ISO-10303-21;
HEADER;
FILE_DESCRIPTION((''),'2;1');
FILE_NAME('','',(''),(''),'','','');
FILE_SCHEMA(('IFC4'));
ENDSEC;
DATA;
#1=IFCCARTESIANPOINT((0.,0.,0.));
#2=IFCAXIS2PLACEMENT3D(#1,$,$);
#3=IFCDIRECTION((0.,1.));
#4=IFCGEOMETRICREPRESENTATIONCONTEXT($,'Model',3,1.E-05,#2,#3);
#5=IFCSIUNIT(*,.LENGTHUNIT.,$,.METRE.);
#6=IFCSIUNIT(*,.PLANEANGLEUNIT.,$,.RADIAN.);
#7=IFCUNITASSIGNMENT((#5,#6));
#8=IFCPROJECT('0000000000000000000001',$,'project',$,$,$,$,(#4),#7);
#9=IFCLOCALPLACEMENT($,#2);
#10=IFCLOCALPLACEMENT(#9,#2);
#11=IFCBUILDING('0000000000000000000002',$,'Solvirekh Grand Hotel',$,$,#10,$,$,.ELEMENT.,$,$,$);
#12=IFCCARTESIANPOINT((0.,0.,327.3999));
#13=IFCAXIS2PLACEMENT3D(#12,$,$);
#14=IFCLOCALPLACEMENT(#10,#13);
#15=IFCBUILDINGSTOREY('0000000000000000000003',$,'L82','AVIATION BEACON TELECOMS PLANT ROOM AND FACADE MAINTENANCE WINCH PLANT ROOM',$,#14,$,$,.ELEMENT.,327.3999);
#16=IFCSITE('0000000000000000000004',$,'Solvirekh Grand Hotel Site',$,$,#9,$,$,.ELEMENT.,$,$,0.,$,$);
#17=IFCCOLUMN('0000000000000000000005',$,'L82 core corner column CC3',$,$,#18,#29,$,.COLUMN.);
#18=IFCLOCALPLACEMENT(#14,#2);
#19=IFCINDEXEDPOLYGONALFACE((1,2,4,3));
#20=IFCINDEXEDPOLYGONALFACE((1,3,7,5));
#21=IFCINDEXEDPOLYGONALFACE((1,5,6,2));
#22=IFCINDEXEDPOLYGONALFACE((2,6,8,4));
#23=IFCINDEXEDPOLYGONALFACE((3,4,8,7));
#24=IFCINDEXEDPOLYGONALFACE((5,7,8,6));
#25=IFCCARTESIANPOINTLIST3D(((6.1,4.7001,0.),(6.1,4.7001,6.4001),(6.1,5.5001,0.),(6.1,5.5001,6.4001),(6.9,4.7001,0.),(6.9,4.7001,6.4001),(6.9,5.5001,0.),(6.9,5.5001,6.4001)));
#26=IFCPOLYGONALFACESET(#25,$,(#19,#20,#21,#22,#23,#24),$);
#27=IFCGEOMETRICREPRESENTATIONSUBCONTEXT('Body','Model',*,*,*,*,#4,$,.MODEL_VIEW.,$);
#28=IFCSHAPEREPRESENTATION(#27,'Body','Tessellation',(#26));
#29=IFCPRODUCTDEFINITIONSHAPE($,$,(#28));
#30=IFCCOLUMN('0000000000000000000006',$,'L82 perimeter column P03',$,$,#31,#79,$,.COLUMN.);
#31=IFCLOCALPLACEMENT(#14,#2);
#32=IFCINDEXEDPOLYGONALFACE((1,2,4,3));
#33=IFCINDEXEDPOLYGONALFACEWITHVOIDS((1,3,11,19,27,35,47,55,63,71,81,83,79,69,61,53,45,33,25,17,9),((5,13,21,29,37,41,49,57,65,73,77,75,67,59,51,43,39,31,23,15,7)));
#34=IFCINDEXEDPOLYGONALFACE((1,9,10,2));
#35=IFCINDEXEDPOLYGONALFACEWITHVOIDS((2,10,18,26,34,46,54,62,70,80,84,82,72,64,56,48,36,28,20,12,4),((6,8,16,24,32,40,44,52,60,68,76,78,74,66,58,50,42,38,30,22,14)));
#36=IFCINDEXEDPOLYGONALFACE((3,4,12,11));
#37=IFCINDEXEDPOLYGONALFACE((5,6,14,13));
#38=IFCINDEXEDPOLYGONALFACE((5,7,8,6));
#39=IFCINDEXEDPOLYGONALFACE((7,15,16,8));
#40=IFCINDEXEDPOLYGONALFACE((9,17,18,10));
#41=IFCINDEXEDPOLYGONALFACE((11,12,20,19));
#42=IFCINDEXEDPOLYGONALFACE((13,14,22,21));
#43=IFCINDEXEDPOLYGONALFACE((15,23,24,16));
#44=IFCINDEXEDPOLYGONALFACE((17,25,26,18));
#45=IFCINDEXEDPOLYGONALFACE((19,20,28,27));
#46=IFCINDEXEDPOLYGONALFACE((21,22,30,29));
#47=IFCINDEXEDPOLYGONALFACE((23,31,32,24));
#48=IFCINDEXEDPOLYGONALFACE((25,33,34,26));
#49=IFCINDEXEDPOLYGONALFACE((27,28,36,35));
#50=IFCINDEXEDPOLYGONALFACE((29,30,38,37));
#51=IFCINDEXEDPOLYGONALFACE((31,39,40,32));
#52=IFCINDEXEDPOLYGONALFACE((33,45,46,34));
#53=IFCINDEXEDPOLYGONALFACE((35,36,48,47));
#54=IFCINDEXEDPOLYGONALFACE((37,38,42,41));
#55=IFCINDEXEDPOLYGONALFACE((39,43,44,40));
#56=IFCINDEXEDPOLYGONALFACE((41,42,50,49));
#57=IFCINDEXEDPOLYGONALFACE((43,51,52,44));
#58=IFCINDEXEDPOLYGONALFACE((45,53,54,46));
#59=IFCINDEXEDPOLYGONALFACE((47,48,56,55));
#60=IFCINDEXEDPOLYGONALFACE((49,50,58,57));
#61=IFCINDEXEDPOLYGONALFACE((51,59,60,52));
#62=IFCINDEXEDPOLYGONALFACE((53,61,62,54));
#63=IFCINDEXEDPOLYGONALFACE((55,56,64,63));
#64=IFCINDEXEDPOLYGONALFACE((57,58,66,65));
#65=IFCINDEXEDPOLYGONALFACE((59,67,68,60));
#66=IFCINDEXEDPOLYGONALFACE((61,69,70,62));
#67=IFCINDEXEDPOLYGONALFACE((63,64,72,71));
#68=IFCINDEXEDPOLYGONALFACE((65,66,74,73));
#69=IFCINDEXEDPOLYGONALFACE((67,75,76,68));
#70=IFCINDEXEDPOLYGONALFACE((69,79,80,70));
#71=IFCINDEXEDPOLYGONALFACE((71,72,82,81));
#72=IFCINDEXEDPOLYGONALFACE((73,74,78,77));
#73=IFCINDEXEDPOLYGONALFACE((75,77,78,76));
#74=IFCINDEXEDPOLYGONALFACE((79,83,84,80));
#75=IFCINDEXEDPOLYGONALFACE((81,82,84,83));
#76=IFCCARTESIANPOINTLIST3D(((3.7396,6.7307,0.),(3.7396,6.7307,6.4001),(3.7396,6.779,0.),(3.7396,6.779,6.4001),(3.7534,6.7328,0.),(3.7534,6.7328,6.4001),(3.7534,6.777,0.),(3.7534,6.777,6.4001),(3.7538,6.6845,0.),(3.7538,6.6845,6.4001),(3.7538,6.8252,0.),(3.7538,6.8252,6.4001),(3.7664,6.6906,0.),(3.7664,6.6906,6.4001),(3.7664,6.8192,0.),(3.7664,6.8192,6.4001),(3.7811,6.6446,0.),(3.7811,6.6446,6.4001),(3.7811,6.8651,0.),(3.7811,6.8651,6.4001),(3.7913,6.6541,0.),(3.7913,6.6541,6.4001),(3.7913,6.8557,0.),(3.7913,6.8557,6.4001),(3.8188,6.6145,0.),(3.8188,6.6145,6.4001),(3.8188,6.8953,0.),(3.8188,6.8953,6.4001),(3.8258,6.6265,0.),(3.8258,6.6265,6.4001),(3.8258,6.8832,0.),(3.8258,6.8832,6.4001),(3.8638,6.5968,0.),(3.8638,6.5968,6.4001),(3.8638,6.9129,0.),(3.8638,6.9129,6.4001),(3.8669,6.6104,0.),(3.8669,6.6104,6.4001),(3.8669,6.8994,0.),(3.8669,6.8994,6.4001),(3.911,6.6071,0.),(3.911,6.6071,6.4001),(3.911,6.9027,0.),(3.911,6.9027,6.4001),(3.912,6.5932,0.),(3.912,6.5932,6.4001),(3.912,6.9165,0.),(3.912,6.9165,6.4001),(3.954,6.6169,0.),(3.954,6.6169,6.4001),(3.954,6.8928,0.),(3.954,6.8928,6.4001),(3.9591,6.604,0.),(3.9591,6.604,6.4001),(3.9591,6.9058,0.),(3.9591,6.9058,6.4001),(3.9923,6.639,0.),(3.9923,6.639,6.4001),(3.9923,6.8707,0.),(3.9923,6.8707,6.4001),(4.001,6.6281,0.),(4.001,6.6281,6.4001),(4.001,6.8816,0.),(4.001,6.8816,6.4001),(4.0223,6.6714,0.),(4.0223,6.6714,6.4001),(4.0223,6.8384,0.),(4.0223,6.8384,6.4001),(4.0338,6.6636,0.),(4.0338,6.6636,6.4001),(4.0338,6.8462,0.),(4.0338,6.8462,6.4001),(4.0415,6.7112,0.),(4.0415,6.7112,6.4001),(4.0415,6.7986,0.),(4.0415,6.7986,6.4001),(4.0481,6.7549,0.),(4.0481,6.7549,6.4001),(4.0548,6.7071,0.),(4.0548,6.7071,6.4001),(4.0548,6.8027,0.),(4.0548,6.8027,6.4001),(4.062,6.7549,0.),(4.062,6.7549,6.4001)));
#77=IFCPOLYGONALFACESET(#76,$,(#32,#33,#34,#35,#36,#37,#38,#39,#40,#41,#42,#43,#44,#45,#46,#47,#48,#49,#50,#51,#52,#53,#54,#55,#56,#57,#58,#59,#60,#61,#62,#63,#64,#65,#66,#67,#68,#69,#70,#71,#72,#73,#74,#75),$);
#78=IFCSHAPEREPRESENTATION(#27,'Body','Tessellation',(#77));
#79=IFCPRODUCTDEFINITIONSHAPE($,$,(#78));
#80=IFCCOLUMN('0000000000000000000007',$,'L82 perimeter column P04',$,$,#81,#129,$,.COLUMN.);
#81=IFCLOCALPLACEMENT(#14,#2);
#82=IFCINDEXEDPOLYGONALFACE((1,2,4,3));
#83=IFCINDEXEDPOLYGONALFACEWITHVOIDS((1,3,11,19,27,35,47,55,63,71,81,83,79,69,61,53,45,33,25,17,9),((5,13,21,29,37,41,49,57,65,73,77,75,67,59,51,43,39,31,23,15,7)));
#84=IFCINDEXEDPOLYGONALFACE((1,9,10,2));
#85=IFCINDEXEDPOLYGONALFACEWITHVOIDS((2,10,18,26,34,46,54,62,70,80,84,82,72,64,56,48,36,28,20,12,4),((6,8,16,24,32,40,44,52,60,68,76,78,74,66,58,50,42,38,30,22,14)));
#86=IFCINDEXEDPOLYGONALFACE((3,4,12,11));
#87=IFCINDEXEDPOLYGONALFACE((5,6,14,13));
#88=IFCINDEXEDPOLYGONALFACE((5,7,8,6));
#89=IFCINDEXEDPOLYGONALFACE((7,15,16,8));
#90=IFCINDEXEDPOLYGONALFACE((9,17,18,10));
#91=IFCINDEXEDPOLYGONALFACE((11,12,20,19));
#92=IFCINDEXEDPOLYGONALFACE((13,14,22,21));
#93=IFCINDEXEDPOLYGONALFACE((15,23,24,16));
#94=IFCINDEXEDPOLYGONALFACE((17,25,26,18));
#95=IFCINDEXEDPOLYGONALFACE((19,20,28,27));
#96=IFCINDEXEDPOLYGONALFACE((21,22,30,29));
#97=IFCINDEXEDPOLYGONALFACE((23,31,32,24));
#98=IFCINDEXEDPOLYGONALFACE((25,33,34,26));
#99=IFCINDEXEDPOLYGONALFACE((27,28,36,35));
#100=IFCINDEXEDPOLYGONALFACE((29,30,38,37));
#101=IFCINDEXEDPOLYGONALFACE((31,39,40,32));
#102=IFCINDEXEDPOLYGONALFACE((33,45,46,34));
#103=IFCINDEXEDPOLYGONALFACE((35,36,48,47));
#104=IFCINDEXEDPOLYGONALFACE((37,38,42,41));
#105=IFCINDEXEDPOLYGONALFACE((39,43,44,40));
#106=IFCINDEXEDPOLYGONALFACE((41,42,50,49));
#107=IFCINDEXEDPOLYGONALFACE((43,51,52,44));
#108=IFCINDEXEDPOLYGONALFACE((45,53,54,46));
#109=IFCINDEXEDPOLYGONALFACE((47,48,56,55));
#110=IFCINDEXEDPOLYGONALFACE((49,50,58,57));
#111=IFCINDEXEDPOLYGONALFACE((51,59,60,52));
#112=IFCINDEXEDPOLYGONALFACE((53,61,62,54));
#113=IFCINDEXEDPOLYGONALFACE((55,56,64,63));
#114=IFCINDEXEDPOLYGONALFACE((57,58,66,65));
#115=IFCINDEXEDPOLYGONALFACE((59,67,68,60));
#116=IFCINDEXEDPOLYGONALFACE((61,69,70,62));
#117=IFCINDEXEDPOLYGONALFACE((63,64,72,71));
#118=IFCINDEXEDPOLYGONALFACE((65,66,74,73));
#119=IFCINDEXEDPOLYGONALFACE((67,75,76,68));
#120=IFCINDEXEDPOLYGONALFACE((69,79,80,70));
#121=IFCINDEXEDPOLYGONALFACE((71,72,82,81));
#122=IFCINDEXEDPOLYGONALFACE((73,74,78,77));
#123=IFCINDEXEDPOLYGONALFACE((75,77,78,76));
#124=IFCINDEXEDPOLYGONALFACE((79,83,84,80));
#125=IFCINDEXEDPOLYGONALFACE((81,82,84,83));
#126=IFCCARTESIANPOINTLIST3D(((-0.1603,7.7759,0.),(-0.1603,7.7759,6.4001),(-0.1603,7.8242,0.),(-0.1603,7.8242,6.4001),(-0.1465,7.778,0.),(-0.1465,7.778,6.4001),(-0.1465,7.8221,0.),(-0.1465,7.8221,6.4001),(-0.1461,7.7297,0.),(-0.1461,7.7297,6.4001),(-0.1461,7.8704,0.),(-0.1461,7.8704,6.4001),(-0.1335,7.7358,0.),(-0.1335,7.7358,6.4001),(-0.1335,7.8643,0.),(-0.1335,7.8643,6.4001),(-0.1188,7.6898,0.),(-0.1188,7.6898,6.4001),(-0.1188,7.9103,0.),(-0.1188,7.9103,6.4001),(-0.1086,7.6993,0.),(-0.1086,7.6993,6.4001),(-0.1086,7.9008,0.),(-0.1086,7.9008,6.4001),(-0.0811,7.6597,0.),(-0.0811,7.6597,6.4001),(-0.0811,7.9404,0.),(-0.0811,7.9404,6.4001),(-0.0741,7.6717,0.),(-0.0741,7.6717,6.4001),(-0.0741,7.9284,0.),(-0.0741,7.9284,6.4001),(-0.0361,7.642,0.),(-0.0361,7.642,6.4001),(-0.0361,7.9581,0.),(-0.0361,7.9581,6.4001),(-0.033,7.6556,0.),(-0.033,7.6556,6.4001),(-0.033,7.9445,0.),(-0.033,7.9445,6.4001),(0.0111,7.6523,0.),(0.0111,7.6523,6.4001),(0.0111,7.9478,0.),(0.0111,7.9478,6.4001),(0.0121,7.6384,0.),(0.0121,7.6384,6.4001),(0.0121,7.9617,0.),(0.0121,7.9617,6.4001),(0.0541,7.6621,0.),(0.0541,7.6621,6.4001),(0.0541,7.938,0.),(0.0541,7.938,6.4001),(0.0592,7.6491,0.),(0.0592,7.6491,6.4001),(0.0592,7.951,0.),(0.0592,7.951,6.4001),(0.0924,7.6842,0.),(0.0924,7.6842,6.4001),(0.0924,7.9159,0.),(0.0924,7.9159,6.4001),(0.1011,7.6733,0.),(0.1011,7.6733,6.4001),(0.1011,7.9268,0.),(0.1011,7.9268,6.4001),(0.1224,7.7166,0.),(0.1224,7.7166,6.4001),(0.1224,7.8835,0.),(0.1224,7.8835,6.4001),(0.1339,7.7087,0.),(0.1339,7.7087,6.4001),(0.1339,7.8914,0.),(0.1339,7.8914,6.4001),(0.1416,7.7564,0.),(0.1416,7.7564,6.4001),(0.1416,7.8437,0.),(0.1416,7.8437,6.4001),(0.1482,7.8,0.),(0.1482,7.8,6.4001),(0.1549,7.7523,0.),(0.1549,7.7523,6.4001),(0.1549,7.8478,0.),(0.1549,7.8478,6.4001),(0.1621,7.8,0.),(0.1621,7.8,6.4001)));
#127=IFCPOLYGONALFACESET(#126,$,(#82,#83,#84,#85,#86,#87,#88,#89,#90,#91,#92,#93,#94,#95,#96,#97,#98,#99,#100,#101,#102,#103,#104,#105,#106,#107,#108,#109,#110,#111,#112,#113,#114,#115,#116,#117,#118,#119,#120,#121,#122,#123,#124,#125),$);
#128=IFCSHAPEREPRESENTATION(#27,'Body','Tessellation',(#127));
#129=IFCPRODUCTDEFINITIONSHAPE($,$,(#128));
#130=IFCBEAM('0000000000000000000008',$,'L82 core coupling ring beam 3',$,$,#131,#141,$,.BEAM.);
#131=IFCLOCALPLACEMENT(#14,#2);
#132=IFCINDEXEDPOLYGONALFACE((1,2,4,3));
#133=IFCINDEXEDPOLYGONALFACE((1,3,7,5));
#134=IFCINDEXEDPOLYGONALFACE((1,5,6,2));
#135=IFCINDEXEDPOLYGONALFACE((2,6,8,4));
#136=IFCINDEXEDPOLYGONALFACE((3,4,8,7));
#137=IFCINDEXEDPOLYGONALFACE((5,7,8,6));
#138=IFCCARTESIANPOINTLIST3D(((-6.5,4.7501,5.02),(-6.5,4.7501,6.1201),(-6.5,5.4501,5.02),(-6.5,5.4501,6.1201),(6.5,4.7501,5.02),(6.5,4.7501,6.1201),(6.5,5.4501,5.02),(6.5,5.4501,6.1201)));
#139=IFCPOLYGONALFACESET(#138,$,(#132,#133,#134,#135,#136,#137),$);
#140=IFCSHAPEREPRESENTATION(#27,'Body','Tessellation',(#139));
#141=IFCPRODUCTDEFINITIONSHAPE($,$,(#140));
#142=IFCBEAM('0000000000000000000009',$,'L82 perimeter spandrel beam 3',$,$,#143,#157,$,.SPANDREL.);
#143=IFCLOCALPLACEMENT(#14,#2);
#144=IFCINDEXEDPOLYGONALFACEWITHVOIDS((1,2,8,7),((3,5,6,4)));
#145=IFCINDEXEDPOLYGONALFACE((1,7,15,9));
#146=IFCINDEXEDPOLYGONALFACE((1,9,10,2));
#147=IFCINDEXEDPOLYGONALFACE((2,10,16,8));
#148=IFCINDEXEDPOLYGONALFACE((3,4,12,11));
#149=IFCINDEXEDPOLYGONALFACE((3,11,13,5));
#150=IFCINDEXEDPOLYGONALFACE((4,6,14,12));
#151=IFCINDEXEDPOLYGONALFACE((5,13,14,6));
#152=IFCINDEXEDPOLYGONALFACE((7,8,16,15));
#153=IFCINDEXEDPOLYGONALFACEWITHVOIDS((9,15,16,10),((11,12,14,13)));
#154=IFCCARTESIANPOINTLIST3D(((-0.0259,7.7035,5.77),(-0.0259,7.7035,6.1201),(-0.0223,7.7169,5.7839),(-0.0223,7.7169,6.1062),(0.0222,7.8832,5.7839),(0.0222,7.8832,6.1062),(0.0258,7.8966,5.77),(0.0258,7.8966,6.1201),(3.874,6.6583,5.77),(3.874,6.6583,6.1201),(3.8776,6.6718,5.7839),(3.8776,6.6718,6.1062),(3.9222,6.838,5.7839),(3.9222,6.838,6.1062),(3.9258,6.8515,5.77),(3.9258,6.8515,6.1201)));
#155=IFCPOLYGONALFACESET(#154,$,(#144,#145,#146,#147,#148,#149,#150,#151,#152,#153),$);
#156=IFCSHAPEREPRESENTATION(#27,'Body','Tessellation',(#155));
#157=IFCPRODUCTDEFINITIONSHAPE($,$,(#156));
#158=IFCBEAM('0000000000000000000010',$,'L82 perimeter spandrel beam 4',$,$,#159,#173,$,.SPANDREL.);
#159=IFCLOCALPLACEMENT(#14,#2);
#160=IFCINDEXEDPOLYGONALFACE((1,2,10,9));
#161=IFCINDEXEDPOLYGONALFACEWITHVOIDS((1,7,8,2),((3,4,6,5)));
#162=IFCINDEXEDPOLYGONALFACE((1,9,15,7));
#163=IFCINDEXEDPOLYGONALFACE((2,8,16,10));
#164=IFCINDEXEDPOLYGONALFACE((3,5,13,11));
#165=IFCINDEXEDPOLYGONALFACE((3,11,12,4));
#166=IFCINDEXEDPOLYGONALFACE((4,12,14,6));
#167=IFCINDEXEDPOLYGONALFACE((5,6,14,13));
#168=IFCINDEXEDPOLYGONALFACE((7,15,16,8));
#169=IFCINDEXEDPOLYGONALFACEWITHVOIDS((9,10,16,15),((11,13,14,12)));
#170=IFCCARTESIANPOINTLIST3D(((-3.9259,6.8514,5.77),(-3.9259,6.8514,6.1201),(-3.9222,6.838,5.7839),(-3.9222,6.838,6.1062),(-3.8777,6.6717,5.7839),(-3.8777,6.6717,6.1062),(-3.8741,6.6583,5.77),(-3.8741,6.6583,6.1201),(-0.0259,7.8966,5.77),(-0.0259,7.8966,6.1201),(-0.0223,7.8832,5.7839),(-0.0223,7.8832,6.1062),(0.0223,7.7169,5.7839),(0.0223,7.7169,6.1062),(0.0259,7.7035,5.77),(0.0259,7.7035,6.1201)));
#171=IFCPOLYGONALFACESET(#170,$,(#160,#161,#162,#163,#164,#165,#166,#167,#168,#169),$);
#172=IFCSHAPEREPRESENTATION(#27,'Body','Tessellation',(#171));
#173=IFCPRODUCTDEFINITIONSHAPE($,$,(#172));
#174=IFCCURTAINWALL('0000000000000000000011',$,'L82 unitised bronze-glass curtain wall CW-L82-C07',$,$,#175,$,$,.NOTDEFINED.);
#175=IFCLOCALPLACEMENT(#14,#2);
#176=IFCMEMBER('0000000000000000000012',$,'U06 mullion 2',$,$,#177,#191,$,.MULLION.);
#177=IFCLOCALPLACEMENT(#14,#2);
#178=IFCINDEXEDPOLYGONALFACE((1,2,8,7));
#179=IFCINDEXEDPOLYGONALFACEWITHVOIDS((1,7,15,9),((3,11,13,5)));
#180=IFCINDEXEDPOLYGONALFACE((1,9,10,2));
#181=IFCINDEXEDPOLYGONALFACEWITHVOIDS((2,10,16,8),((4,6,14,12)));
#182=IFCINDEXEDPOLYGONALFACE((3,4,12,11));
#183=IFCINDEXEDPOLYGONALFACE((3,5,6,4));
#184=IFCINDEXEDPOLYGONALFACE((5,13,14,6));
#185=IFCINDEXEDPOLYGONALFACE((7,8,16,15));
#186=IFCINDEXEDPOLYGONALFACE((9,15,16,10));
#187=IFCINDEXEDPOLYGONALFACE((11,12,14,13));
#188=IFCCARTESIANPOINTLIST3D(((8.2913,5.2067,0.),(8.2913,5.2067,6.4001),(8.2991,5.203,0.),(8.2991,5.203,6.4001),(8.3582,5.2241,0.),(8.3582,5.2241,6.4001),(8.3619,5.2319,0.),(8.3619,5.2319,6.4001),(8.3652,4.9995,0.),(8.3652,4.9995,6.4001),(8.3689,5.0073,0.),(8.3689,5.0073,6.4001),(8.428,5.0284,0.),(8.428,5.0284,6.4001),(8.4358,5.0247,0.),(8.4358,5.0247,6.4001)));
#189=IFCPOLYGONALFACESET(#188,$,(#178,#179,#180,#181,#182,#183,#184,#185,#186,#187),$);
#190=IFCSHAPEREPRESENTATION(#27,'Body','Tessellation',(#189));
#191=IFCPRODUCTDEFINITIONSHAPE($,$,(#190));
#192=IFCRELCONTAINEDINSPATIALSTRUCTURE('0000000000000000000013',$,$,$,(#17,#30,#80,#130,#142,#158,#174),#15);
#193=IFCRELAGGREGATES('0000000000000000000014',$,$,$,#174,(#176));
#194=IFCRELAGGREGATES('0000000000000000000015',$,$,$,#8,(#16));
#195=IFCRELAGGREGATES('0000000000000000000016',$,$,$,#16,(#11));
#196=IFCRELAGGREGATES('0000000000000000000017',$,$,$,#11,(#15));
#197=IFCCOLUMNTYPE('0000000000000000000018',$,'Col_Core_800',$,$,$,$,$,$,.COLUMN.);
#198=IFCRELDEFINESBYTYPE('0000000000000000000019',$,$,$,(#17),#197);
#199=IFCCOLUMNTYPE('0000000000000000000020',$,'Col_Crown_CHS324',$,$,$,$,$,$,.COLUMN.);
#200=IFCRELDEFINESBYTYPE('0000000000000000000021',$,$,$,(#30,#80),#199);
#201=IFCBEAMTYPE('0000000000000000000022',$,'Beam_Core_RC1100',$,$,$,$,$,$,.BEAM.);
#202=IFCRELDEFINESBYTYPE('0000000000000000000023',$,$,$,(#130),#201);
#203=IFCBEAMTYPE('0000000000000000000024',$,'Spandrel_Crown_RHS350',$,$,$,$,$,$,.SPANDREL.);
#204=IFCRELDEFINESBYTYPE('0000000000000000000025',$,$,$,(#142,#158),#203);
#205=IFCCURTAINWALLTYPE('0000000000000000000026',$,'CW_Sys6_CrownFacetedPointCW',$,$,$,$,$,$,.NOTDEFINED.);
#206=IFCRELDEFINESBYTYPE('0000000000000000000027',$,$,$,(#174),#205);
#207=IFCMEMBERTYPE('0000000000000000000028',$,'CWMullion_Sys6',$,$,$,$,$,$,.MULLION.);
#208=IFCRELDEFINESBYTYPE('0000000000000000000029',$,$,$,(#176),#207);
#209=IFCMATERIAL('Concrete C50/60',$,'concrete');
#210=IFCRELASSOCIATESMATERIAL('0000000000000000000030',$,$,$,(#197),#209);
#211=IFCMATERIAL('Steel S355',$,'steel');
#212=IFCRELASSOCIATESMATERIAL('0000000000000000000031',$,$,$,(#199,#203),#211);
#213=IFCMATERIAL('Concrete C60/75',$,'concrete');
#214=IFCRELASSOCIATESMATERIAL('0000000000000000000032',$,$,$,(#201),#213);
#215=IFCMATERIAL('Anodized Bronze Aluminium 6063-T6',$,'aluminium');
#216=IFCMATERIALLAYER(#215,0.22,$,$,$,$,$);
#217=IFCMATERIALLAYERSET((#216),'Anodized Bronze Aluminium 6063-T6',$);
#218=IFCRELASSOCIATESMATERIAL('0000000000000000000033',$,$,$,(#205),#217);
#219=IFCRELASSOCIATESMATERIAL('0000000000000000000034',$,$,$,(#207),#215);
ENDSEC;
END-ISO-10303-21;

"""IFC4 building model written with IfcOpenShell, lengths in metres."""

from ifc_helpers import new_model, si_unit, direction, frame, origin, origin_2d, place, context, subcontext, project, spatial, rectangle, hollow_rectangle, hollow_circle, extrude, source, transform, mapped, material, layer, layer_set, material_profile, profile_set, type_object, element, aggregate, save


model = new_model("IFC4")

# Units and contexts
model_context = context("Model", 3, precision=1e-05, world=origin(), true_north=direction((0.0, 1.0)))
body_context = subcontext(model_context, "Body", "Model", "MODEL_VIEW")
ifc_project = project(units=[si_unit("LENGTHUNIT", "METRE"), si_unit("PLANEANGLEUNIT", "RADIAN")], contexts=[model_context])

# Site, building, storey
site_placement = place(None, origin())
site = spatial("IfcSite", under=ifc_project, at=site_placement, Name="Solvirekh Grand Hotel Site", CompositionType="ELEMENT", RefElevation=0.0)
building_placement = place(site_placement, origin())
building = spatial("IfcBuilding", under=site, at=building_placement, Name="Solvirekh Grand Hotel", CompositionType="ELEMENT")
storey_placement = place(building_placement, frame((0.0, 0.0, 327.3999)))
storey = spatial("IfcBuildingStorey", under=building, at=storey_placement, Name="L82", Description="AVIATION BEACON TELECOMS PLANT ROOM AND FACADE MAINTENANCE WINCH PLANT ROOM", CompositionType="ELEMENT", Elevation=327.3999)

# Columns
ifc_material_1 = material(Name="Concrete C50/60", Category="concrete")
ifc_material_profile_1 = material_profile(ifc_material_1, rectangle(XDim=0.8, YDim=0.8, at=origin_2d()), Name="RC 800X800")
ifc_profile_set_1 = profile_set([ifc_material_profile_1], Name="Concrete C50/60")
column_type_1 = type_object("IfcColumnType", Name="Col_Core_800", PredefinedType="COLUMN", material=ifc_profile_set_1)
column_placement = place(storey_placement, frame((6.5, 5.1001, 0.0), z_axis=(0.0, 0.0, 1.0), x_axis=(1.0, 0.0, 0.0)))
element("IfcColumn", 1, at=column_placement, inside=storey, type_object=column_type_1, Name="L82 core corner column CC3", PredefinedType="COLUMN", context=body_context, shape_type="SweptSolid", body=[
    extrude(rectangle(XDim=0.8, YDim=0.8, at=origin_2d()), origin(), (0.0, 0.0, 1.0), 6.4001),
])
ifc_material_2 = material(Name="Steel S355", Category="steel")
ifc_material_profile_2 = material_profile(ifc_material_2, hollow_circle(Radius=0.1621, WallThickness=0.0139, at=origin_2d()), Name="CHS 324X14")
ifc_profile_set_2 = profile_set([ifc_material_profile_2], Name="Steel S355")
column_type_2 = type_object("IfcColumnType", Name="Col_Crown_CHS324", PredefinedType="COLUMN", material=ifc_profile_set_2)
for number, where, z_axis, x_axis, name in (
    (2, (3.8999, 6.7549, 0.0), (0.0, 0.0, 1.0), (1.0, 0.0, 0.0), "L82 perimeter column P03"),
    (3, (0.0, 7.8, 0.0), (0.0, 0.0, 1.0), (1.0, 0.0, 0.0), "L82 perimeter column P04"),
):
    element("IfcColumn", number, at=place(storey_placement, frame(where, z_axis=z_axis, x_axis=x_axis)), inside=storey, type_object=column_type_2, Name=name, PredefinedType="COLUMN", context=body_context, shape_type="SweptSolid", body=[
        extrude(hollow_circle(Radius=0.1621, WallThickness=0.0139, at=origin_2d()), origin(), (0.0, 0.0, 1.0), 6.4001),
    ])

# Beams
ifc_material_3 = material(Name="Concrete C60/75", Category="concrete")
ifc_material_profile_3 = material_profile(ifc_material_3, rectangle(XDim=0.7, YDim=1.1001, at=origin_2d()), Name="RC BEAM 700X1100")
ifc_profile_set_3 = profile_set([ifc_material_profile_3], Name="Concrete C60/75")
beam_type_1 = type_object("IfcBeamType", Name="Beam_Core_RC1100", PredefinedType="BEAM", material=ifc_profile_set_3)
beam_placement = place(storey_placement, frame((6.5, 5.1001, 5.5701), z_axis=(-1.0, 0.0, 0.0), x_axis=(0.0, -1.0, 0.0)))
element("IfcBeam", 4, at=beam_placement, inside=storey, type_object=beam_type_1, Name="L82 core coupling ring beam 3", PredefinedType="BEAM", context=body_context, shape_type="SweptSolid", body=[
    extrude(rectangle(XDim=0.7, YDim=1.1001, at=origin_2d()), origin(), (0.0, 0.0, 1.0), 13.0),
])
ifc_material_profile_4 = material_profile(ifc_material_2, hollow_rectangle(XDim=0.2, YDim=0.3501, WallThickness=0.0139, at=origin_2d()), Name="RHS 350X200X14")
ifc_profile_set_4 = profile_set([ifc_material_profile_4], Name="Steel S355")
beam_type_2 = type_object("IfcBeamType", Name="Spandrel_Crown_RHS350", PredefinedType="SPANDREL", material=ifc_profile_set_4)
for number, where, z_axis, x_axis, name in (
    (5, (3.8999, 6.7549, 5.9451), (-0.965914, 0.258863, 0.0), (-0.258863, -0.965914, 0.0), "L82 perimeter spandrel beam 3"),
    (6, (0.0, 7.8, 5.9451), (-0.965914, -0.258863, 0.0), (0.258863, -0.965914, 0.0), "L82 perimeter spandrel beam 4"),
):
    element("IfcBeam", number, at=place(storey_placement, frame(where, z_axis=z_axis, x_axis=x_axis)), inside=storey, type_object=beam_type_2, Name=name, PredefinedType="SPANDREL", context=body_context, shape_type="SweptSolid", body=[
        extrude(hollow_rectangle(XDim=0.2, YDim=0.3501, WallThickness=0.0139, at=origin_2d()), origin(), (0.0, 0.0, 1.0), 4.0376),
    ])

# Curtain wall, member
ifc_material_4 = material(Name="Anodized Bronze Aluminium 6063-T6", Category="aluminium")
ifc_layer_1 = layer(ifc_material_4, 0.22)
ifc_layer_set_1 = layer_set([ifc_layer_1], Name="Anodized Bronze Aluminium 6063-T6")
curtain_wall_type = type_object("IfcCurtainWallType", Name="CW_Sys6_CrownFacetedPointCW", PredefinedType="NOTDEFINED", material=ifc_layer_set_1)
curtain_wall_1_placement = place(storey_placement, origin())
curtain_wall_1 = element("IfcCurtainWall", 7, at=curtain_wall_1_placement, inside=storey, type_object=curtain_wall_type, Name="L82 unitised bronze-glass curtain wall CW-L82-C07", PredefinedType="NOTDEFINED")
ifc_material_profile_5 = material_profile(ifc_material_4, hollow_rectangle(XDim=0.075, YDim=0.22, WallThickness=0.0061, at=origin_2d()), Name="ALU RHS 220X75X6")
ifc_profile_set_5 = profile_set([ifc_material_profile_5], Name="Anodized Bronze Aluminium 6063-T6")
member_type_1 = type_object("IfcMemberType", Name="CWMullion_Sys6", PredefinedType="MULLION", material=ifc_profile_set_5)
shared_shape_1 = source(origin(), body_context, "Body", "SweptSolid", [
    extrude(hollow_rectangle(XDim=0.075, YDim=0.22, WallThickness=0.0061, at=origin_2d()), origin(), (0.0, 0.0, 1.0), 6.4001),
])
member_1_placement = place(storey_placement, frame((8.3635, 5.1157, 0.0), z_axis=(0.0, 0.0, 1.0), x_axis=(-0.94195, -0.335754, 0.0)))
member_1 = element("IfcMember", 8, at=member_1_placement, type_object=member_type_1, Name="U06 mullion 2", PredefinedType="MULLION", context=body_context, shape_type="MappedRepresentation", body=[
    mapped(shared_shape_1, transform((0.0, 0.0, 0.0), x_axis=(1.0, 0.0, 0.0), y_axis=(0.0, 1.0, 0.0), z_axis=(0.0, 0.0, 1.0), scale=1.0)),
])
aggregate(curtain_wall_1, [member_1])

save(model, "model.ifc")
